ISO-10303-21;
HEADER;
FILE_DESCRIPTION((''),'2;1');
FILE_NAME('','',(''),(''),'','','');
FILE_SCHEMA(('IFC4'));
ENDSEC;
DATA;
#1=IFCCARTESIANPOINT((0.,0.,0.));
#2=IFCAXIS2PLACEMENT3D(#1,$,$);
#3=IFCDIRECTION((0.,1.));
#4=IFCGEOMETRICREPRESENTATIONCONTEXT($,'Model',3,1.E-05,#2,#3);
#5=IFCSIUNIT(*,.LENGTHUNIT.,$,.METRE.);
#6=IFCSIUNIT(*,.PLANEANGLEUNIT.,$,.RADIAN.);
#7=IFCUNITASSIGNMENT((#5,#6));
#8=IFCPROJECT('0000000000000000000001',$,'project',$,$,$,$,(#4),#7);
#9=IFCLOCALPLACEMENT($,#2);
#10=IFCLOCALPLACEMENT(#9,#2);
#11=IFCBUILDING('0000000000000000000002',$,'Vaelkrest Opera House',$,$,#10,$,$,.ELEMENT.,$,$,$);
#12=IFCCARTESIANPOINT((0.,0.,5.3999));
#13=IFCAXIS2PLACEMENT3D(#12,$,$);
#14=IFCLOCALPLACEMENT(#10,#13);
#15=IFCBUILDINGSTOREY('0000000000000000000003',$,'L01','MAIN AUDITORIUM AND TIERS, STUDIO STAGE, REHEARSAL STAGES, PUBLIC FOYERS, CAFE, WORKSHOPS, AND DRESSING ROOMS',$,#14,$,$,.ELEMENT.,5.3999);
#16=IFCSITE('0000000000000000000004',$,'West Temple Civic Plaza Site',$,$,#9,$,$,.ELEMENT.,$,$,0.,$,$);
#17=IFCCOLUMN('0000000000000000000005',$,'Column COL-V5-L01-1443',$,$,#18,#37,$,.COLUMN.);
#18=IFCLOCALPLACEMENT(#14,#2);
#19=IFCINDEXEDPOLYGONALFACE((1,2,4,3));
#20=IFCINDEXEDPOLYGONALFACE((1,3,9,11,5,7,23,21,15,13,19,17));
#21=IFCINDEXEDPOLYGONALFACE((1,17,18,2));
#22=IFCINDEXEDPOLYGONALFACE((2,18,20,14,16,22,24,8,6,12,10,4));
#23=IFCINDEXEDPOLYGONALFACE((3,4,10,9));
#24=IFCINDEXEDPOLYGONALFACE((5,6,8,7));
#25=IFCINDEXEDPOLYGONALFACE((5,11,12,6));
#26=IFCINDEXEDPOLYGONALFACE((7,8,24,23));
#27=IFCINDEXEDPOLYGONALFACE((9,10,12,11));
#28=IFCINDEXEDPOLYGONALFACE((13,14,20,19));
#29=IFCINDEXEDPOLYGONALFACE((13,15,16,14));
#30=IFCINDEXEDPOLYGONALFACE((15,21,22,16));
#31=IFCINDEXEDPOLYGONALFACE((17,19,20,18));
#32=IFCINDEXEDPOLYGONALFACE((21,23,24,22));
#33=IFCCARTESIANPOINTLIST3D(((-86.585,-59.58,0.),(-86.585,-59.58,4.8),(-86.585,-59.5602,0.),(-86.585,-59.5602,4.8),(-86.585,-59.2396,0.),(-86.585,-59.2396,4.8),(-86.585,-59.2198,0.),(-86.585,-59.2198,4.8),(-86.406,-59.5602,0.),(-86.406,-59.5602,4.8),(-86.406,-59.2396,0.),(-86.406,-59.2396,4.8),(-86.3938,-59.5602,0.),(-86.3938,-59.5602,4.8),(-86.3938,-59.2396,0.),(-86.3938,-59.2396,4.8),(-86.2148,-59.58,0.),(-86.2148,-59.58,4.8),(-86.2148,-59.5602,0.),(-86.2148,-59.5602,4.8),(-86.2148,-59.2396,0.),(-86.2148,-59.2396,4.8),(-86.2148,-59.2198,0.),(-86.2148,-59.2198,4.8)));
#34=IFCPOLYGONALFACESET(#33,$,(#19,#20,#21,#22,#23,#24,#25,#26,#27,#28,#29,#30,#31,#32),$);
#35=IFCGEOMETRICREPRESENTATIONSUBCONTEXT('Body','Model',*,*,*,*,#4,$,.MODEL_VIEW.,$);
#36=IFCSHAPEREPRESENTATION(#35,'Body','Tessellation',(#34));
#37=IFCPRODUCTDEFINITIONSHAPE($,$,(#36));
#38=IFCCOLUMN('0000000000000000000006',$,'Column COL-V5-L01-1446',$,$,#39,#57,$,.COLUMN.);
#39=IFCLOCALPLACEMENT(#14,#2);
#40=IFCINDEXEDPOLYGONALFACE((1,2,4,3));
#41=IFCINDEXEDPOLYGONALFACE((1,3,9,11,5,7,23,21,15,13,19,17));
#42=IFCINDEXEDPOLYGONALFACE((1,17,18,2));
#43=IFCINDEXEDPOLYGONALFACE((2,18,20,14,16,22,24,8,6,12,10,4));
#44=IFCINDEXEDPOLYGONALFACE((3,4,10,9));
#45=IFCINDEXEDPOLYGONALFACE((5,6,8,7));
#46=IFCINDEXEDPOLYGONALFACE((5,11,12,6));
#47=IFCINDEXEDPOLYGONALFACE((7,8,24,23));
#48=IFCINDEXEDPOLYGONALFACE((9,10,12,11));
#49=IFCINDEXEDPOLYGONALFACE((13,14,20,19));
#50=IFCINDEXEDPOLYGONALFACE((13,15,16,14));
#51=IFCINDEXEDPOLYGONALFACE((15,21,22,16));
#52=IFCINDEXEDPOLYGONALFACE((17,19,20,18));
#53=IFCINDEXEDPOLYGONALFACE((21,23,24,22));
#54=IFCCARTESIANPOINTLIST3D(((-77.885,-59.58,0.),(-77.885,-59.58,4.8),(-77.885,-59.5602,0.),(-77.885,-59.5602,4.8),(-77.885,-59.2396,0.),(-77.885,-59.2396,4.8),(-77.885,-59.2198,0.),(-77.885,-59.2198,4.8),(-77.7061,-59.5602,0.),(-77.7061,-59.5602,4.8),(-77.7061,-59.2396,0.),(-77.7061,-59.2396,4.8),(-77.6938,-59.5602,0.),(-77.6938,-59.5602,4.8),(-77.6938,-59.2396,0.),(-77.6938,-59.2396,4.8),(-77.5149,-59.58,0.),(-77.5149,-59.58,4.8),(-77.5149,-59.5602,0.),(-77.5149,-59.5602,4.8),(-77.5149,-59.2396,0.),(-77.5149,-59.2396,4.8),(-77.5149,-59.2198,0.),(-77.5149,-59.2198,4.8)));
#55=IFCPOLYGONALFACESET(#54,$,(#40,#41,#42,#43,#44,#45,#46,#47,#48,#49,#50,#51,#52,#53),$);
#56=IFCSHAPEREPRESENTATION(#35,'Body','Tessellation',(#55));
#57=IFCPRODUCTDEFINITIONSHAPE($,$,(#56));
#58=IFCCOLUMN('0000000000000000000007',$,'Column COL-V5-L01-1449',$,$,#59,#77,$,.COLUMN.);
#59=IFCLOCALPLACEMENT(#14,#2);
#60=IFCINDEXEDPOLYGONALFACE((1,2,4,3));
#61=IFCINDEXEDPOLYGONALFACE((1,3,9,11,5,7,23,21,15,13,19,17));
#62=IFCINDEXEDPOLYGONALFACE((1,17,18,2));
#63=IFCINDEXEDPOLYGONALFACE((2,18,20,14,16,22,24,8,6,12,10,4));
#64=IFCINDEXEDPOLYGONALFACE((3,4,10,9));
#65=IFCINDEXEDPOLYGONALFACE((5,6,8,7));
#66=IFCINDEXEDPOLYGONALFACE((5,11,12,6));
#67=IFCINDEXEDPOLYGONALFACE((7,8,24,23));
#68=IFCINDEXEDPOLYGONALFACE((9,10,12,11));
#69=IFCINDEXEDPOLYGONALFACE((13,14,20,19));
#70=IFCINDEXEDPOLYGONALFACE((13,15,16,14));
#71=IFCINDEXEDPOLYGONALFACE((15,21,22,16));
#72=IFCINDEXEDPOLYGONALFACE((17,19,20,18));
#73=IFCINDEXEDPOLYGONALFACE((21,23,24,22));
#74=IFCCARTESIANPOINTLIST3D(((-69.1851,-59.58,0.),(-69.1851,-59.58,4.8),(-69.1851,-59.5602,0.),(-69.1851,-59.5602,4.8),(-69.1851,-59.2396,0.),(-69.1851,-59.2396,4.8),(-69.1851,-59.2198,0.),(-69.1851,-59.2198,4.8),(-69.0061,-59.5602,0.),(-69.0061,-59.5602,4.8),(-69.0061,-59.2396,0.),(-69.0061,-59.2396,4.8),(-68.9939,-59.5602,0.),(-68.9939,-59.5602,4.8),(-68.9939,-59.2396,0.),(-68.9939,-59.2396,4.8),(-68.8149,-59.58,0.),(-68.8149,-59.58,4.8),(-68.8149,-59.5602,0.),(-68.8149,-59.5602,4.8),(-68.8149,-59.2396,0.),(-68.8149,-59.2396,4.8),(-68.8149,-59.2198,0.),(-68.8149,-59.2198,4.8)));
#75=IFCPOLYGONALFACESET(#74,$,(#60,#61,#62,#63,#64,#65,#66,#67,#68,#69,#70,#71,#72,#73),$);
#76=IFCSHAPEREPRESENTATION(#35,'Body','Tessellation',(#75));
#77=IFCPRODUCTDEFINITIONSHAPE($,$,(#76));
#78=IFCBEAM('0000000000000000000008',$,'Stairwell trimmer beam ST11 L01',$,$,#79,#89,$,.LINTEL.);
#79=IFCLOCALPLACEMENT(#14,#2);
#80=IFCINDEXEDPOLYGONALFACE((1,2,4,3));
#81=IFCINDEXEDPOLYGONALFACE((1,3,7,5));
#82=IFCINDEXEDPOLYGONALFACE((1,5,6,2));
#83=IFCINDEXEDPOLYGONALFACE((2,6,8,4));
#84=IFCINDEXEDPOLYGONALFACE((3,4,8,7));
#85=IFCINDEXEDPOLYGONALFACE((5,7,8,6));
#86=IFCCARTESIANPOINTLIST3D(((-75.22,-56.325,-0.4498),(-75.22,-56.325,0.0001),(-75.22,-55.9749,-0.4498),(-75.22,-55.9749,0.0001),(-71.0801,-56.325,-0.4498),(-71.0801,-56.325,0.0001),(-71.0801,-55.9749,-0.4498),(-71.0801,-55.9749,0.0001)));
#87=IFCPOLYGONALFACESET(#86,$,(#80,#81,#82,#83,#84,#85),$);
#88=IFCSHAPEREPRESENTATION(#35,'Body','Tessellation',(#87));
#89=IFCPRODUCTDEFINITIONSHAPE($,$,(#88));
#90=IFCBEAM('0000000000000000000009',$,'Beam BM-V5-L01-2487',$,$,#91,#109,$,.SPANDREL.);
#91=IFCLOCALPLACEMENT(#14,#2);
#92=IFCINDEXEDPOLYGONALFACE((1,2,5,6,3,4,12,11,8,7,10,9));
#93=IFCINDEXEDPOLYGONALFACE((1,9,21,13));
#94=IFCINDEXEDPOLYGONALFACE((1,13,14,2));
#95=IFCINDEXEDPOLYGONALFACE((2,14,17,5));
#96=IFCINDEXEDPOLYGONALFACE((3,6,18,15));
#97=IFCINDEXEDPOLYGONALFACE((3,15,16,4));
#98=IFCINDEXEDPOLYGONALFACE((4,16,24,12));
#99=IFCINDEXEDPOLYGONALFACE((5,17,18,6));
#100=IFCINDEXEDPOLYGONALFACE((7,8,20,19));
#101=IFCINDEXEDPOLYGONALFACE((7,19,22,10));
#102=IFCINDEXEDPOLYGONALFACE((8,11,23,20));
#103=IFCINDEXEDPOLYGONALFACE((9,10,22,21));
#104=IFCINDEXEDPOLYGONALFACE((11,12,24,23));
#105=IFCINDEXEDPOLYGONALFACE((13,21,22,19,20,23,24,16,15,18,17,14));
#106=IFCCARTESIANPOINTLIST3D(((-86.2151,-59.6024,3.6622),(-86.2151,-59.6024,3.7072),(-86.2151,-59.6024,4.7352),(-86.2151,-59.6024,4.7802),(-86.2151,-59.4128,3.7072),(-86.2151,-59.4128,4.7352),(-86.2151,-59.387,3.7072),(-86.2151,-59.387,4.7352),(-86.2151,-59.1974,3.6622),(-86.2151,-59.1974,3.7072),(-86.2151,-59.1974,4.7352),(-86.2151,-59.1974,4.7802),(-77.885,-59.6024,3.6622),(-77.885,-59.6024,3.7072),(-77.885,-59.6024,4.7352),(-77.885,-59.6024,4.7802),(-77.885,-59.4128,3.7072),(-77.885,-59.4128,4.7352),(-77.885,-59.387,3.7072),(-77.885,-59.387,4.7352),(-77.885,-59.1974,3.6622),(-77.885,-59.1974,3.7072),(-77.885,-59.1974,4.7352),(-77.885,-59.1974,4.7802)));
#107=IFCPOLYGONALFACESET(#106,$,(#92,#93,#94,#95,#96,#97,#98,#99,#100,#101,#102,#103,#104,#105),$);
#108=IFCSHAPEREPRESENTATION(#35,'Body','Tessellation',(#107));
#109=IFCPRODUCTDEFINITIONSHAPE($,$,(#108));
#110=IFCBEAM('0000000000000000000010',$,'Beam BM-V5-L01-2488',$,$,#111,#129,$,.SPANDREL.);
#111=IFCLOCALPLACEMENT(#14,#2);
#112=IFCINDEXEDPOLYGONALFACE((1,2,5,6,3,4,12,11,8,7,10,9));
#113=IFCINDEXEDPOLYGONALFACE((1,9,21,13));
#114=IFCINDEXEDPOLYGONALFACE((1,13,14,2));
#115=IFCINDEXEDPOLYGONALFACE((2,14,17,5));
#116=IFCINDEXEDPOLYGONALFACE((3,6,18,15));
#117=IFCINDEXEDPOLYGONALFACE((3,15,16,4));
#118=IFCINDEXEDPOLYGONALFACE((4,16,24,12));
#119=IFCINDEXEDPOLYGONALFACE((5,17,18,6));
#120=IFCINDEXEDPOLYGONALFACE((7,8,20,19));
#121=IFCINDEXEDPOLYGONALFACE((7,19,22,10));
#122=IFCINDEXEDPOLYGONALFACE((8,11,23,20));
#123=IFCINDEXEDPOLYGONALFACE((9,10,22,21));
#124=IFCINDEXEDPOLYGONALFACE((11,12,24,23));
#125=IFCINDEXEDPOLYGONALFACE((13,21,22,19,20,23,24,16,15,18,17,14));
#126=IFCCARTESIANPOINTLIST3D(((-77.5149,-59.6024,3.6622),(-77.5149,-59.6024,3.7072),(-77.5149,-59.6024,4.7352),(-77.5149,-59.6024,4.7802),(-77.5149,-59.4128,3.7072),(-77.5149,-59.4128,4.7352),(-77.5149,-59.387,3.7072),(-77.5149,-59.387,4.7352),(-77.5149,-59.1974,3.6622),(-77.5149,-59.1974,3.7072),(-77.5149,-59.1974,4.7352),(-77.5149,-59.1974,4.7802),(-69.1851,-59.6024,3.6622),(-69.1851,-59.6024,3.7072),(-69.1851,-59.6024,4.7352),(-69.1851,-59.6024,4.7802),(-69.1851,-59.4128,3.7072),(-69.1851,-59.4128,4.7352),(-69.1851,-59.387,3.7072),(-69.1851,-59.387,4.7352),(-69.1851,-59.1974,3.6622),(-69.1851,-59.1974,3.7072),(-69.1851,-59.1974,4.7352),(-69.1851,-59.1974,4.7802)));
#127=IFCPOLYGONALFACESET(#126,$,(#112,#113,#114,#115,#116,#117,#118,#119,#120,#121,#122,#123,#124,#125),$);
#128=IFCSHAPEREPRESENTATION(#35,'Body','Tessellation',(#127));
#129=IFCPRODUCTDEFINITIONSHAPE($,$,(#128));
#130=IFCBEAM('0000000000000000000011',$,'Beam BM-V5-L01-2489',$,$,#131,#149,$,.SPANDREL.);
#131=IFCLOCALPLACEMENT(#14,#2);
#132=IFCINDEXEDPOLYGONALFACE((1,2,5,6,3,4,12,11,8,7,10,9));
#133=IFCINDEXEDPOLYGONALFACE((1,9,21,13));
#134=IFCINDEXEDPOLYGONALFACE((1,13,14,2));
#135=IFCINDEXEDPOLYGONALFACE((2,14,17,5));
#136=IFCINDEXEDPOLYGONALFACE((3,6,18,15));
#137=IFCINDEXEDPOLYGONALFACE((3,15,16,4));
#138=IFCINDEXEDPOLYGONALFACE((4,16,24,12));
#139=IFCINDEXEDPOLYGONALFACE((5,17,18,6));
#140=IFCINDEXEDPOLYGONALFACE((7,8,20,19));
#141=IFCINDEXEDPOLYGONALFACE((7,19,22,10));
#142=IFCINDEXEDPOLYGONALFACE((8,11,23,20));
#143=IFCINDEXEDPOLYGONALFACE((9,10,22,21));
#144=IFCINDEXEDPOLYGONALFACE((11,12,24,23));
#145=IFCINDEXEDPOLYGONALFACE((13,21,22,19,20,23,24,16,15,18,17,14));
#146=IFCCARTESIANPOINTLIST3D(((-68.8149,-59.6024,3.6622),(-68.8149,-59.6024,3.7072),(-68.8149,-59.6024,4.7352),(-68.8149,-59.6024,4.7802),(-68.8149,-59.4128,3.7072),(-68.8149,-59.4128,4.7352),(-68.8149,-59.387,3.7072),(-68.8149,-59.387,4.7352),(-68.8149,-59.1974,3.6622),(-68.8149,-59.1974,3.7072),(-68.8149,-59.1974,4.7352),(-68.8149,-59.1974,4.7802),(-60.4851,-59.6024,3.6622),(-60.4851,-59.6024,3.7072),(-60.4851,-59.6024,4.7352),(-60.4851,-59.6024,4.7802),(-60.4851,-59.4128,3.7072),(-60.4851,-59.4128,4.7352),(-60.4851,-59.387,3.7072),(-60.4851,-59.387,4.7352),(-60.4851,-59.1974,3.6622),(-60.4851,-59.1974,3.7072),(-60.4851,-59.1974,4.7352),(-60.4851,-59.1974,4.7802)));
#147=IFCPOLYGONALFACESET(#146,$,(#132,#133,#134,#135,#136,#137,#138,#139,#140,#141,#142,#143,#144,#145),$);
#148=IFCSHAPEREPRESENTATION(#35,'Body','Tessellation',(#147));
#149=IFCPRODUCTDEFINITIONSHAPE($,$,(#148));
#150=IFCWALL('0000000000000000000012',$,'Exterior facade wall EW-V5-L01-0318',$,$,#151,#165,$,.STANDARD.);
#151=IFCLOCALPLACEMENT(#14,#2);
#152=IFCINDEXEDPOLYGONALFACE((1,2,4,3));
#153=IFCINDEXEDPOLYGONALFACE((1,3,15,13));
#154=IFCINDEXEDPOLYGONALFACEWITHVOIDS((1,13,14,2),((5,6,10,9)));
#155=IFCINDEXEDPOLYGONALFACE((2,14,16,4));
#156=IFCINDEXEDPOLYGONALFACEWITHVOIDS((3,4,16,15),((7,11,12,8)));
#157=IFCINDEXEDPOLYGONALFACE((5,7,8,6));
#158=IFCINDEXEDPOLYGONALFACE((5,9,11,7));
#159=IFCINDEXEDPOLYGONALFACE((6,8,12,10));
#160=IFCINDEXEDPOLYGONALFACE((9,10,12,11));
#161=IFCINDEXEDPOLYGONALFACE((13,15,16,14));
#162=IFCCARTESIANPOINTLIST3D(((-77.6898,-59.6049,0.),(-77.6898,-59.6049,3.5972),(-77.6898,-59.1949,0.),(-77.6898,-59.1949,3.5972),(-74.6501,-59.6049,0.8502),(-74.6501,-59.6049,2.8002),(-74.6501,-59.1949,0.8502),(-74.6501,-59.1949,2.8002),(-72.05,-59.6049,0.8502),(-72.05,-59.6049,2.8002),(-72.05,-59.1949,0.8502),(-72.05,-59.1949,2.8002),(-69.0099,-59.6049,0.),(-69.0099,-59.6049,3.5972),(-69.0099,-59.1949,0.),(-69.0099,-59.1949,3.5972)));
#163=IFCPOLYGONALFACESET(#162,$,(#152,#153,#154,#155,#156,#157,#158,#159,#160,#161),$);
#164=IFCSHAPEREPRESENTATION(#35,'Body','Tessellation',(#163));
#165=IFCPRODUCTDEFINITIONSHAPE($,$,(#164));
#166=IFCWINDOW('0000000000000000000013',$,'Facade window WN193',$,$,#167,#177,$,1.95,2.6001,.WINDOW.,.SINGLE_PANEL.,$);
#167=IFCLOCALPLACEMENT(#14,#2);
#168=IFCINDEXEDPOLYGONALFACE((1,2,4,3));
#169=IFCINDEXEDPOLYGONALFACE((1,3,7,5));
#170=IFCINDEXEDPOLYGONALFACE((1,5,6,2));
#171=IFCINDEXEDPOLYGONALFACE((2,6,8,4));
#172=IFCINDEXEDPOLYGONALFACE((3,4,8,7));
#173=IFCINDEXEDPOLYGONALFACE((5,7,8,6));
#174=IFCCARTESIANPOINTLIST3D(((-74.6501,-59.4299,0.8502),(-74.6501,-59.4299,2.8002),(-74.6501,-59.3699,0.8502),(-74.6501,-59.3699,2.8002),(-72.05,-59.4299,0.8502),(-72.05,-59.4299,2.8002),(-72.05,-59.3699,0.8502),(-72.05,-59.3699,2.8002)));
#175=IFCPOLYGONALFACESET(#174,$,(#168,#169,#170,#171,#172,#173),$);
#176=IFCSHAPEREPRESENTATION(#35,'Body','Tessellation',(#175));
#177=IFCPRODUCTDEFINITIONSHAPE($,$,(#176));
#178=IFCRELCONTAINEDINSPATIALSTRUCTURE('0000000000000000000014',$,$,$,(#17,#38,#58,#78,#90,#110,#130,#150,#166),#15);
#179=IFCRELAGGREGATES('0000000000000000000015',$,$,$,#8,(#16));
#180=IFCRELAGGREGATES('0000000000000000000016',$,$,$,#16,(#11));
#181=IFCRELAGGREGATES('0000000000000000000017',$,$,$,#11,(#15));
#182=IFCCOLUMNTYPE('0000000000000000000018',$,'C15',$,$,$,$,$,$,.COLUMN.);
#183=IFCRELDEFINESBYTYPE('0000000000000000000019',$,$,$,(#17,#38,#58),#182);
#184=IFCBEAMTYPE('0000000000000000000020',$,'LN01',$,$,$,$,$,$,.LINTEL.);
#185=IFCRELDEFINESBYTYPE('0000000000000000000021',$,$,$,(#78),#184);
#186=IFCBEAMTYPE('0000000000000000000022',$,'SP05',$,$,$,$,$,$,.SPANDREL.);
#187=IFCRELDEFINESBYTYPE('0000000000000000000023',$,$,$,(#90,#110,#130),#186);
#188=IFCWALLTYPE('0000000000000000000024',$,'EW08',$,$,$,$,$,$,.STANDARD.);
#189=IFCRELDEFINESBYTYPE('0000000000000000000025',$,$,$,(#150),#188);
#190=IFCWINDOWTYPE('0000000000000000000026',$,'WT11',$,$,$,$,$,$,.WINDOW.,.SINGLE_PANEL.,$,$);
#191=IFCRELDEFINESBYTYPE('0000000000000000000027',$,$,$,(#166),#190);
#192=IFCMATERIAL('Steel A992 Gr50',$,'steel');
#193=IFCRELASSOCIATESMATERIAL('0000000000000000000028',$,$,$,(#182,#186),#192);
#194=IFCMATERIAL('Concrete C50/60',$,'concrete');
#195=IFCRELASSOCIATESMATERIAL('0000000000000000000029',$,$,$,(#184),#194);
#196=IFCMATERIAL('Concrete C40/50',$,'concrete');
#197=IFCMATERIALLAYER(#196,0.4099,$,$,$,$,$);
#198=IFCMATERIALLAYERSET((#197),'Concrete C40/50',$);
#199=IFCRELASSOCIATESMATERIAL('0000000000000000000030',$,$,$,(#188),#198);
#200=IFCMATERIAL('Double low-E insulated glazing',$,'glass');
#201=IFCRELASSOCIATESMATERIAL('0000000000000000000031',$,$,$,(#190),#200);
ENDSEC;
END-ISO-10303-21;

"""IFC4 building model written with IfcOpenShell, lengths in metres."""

from ifc_helpers import new_model, si_unit, direction, frame, frame_2d, origin, origin_2d, place, context, subcontext, project, spatial, rectangle, i_section, extrude, material, layer, layer_set, material_profile, profile_set, type_object, element, fill, save


model = new_model("IFC4")

# Units and contexts
model_context = context("Model", 3, precision=1e-05, world=origin(), true_north=direction((0.0, 1.0)))
body_context = subcontext(model_context, "Body", "Model", "MODEL_VIEW")
ifc_project = project(units=[si_unit("LENGTHUNIT", "METRE"), si_unit("PLANEANGLEUNIT", "RADIAN")], contexts=[model_context])

# Site, building, storey
site_placement = place(None, origin())
site = spatial("IfcSite", under=ifc_project, at=site_placement, Name="West Temple Civic Plaza Site", CompositionType="ELEMENT", RefElevation=0.0)
building_placement = place(site_placement, origin())
building = spatial("IfcBuilding", under=site, at=building_placement, Name="Vaelkrest Opera House", CompositionType="ELEMENT")
storey_placement = place(building_placement, frame((0.0, 0.0, 5.3999)))
storey = spatial("IfcBuildingStorey", under=building, at=storey_placement, Name="L01", Description="MAIN AUDITORIUM AND TIERS, STUDIO STAGE, REHEARSAL STAGES, PUBLIC FOYERS, CAFE, WORKSHOPS, AND DRESSING ROOMS", CompositionType="ELEMENT", Elevation=5.3999)

# Columns
ifc_material_1 = material(Name="Steel A992 Gr50", Category="steel")
ifc_material_profile_1 = material_profile(ifc_material_1, i_section(OverallWidth=0.3701, OverallDepth=0.3601, WebThickness=0.0122, FlangeThickness=0.0198, at=origin_2d()), Name="W14X99")
ifc_profile_set_1 = profile_set([ifc_material_profile_1], Name="Steel A992 Gr50")
column_type = type_object("IfcColumnType", Name="C15", PredefinedType="COLUMN", material=ifc_profile_set_1)
for number, where, z_axis, x_axis, name in (
    (1, (-86.3999, -59.3999, 0.0), (0.0, 0.0, 1.0), (1.0, 0.0, 0.0), "Column COL-V5-L01-1443"),
    (2, (-77.7, -59.3999, 0.0), (0.0, 0.0, 1.0), (1.0, 0.0, 0.0), "Column COL-V5-L01-1446"),
    (3, (-69.0, -59.3999, 0.0), (0.0, 0.0, 1.0), (1.0, 0.0, 0.0), "Column COL-V5-L01-1449"),
):
    element("IfcColumn", number, at=place(storey_placement, frame(where, z_axis=z_axis, x_axis=x_axis)), inside=storey, type_object=column_type, Name=name, PredefinedType="COLUMN", context=body_context, shape_type="SweptSolid", body=[
        extrude(i_section(OverallWidth=0.3701, OverallDepth=0.3601, WebThickness=0.0122, FlangeThickness=0.0198, at=origin_2d()), origin(), (0.0, 0.0, 1.0), 4.8),
    ])

# Beams
ifc_material_2 = material(Name="Concrete C50/60", Category="concrete")
ifc_material_profile_2 = material_profile(ifc_material_2, rectangle(XDim=0.3501, YDim=0.45, at=origin_2d()), Name="RCB350X450")
ifc_profile_set_2 = profile_set([ifc_material_profile_2], Name="Concrete C50/60")
beam_type_1 = type_object("IfcBeamType", Name="LN01", PredefinedType="LINTEL", material=ifc_profile_set_2)
beam_1_placement = place(storey_placement, frame((-75.22, -56.1499, -0.2249), z_axis=(1.0, 0.0, 0.0), x_axis=(0.0, 1.0, 0.0)))
element("IfcBeam", 4, at=beam_1_placement, inside=storey, type_object=beam_type_1, Name="Stairwell trimmer beam ST11 L01", PredefinedType="LINTEL", context=body_context, shape_type="SweptSolid", body=[
    extrude(rectangle(XDim=0.3501, YDim=0.45, at=origin_2d()), origin(), (0.0, 0.0, 1.0), 4.1399),
])
ifc_material_profile_3 = material_profile(ifc_material_1, i_section(OverallWidth=0.405, OverallDepth=1.1179, WebThickness=0.0259, FlangeThickness=0.0449, at=origin_2d()), Name="W44X335")
ifc_profile_set_3 = profile_set([ifc_material_profile_3], Name="Steel A992 Gr50")
beam_type_2 = type_object("IfcBeamType", Name="SP05", PredefinedType="SPANDREL", material=ifc_profile_set_3)
beam_2_placement = place(storey_placement, frame((-86.2151, -59.3999, 4.2212), z_axis=(1.0, 0.0, 0.0), x_axis=(0.0, 1.0, 0.0)))
element("IfcBeam", 5, at=beam_2_placement, inside=storey, type_object=beam_type_2, Name="Beam BM-V5-L01-2487", PredefinedType="SPANDREL", context=body_context, shape_type="SweptSolid", body=[
    extrude(i_section(OverallWidth=0.405, OverallDepth=1.1179, WebThickness=0.0259, FlangeThickness=0.0449, at=origin_2d()), origin(), (0.0, 0.0, 1.0), 8.3301),
])
for number, where, z_axis, x_axis, name in (
    (6, (-77.5149, -59.3999, 4.2212), (1.0, 0.0, 0.0), (0.0, 1.0, 0.0), "Beam BM-V5-L01-2488"),
    (7, (-68.8149, -59.3999, 4.2212), (1.0, 0.0, 0.0), (0.0, 1.0, 0.0), "Beam BM-V5-L01-2489"),
):
    element("IfcBeam", number, at=place(storey_placement, frame(where, z_axis=z_axis, x_axis=x_axis)), inside=storey, type_object=beam_type_2, Name=name, PredefinedType="SPANDREL", context=body_context, shape_type="SweptSolid", body=[
        extrude(i_section(OverallWidth=0.405, OverallDepth=1.1179, WebThickness=0.0259, FlangeThickness=0.0449, at=origin_2d()), origin(), (0.0, 0.0, 1.0), 8.3298),
    ])

# Wall, opening, window
ifc_material_3 = material(Name="Concrete C40/50", Category="concrete")
ifc_layer_1 = layer(ifc_material_3, 0.4099)
ifc_layer_set_1 = layer_set([ifc_layer_1], Name="Concrete C40/50")
wall_type_1 = type_object("IfcWallType", Name="EW08", PredefinedType="STANDARD", material=ifc_layer_set_1)
wall_1_placement = place(storey_placement, frame((-69.01, -59.3999, 0.0), z_axis=(0.0, 0.0, 1.0), x_axis=(-1.0, 0.0, 0.0)))
wall_1 = element("IfcWall", 8, at=wall_1_placement, inside=storey, type_object=wall_type_1, Name="Exterior facade wall EW-V5-L01-0318", PredefinedType="STANDARD", context=body_context, shape_type="SweptSolid", body=[
    extrude(rectangle(XDim=8.6799, YDim=0.4099, at=frame_2d((4.3398, 0.0))), origin(), (0.0, 0.0, 1.0), 3.5972),
])
opening_1_placement = place(wall_1_placement, frame((3.04, 0.0, 0.8501)))
opening_1 = element("IfcOpeningElement", 9, at=opening_1_placement, cuts=wall_1, PredefinedType="OPENING", context=body_context, shape_type="SweptSolid", body=[
    extrude(rectangle(XDim=2.6001, YDim=1.95, at=frame_2d((1.3, 0.9751))), frame((0.0, 0.2148, 0.0), z_axis=(0.0, -1.0, 0.0), x_axis=(1.0, 0.0, 0.0)), (0.0, 0.0, 1.0), 0.4299),
])
ifc_material_4 = material(Name="Double low-E insulated glazing", Category="glass")
window_type_1 = type_object("IfcWindowType", Name="WT11", PartitioningType="SINGLE_PANEL", PredefinedType="WINDOW", material=ifc_material_4)
window_1_placement = place(opening_1_placement, origin())
window_1 = element("IfcWindow", 10, at=window_1_placement, inside=storey, type_object=window_type_1, Name="Facade window WN193", OverallHeight=1.95, OverallWidth=2.6001, PartitioningType="SINGLE_PANEL", PredefinedType="WINDOW", context=body_context, shape_type="SweptSolid", body=[
    extrude(rectangle(XDim=2.6001, YDim=1.95, at=frame_2d((1.3, 0.9751))), frame((0.0, 0.03, 0.0), z_axis=(0.0, -1.0, 0.0), x_axis=(1.0, 0.0, 0.0)), (0.0, 0.0, 1.0), 0.0601),
])
fill(opening_1, window_1)

save(model, "model.ifc")
